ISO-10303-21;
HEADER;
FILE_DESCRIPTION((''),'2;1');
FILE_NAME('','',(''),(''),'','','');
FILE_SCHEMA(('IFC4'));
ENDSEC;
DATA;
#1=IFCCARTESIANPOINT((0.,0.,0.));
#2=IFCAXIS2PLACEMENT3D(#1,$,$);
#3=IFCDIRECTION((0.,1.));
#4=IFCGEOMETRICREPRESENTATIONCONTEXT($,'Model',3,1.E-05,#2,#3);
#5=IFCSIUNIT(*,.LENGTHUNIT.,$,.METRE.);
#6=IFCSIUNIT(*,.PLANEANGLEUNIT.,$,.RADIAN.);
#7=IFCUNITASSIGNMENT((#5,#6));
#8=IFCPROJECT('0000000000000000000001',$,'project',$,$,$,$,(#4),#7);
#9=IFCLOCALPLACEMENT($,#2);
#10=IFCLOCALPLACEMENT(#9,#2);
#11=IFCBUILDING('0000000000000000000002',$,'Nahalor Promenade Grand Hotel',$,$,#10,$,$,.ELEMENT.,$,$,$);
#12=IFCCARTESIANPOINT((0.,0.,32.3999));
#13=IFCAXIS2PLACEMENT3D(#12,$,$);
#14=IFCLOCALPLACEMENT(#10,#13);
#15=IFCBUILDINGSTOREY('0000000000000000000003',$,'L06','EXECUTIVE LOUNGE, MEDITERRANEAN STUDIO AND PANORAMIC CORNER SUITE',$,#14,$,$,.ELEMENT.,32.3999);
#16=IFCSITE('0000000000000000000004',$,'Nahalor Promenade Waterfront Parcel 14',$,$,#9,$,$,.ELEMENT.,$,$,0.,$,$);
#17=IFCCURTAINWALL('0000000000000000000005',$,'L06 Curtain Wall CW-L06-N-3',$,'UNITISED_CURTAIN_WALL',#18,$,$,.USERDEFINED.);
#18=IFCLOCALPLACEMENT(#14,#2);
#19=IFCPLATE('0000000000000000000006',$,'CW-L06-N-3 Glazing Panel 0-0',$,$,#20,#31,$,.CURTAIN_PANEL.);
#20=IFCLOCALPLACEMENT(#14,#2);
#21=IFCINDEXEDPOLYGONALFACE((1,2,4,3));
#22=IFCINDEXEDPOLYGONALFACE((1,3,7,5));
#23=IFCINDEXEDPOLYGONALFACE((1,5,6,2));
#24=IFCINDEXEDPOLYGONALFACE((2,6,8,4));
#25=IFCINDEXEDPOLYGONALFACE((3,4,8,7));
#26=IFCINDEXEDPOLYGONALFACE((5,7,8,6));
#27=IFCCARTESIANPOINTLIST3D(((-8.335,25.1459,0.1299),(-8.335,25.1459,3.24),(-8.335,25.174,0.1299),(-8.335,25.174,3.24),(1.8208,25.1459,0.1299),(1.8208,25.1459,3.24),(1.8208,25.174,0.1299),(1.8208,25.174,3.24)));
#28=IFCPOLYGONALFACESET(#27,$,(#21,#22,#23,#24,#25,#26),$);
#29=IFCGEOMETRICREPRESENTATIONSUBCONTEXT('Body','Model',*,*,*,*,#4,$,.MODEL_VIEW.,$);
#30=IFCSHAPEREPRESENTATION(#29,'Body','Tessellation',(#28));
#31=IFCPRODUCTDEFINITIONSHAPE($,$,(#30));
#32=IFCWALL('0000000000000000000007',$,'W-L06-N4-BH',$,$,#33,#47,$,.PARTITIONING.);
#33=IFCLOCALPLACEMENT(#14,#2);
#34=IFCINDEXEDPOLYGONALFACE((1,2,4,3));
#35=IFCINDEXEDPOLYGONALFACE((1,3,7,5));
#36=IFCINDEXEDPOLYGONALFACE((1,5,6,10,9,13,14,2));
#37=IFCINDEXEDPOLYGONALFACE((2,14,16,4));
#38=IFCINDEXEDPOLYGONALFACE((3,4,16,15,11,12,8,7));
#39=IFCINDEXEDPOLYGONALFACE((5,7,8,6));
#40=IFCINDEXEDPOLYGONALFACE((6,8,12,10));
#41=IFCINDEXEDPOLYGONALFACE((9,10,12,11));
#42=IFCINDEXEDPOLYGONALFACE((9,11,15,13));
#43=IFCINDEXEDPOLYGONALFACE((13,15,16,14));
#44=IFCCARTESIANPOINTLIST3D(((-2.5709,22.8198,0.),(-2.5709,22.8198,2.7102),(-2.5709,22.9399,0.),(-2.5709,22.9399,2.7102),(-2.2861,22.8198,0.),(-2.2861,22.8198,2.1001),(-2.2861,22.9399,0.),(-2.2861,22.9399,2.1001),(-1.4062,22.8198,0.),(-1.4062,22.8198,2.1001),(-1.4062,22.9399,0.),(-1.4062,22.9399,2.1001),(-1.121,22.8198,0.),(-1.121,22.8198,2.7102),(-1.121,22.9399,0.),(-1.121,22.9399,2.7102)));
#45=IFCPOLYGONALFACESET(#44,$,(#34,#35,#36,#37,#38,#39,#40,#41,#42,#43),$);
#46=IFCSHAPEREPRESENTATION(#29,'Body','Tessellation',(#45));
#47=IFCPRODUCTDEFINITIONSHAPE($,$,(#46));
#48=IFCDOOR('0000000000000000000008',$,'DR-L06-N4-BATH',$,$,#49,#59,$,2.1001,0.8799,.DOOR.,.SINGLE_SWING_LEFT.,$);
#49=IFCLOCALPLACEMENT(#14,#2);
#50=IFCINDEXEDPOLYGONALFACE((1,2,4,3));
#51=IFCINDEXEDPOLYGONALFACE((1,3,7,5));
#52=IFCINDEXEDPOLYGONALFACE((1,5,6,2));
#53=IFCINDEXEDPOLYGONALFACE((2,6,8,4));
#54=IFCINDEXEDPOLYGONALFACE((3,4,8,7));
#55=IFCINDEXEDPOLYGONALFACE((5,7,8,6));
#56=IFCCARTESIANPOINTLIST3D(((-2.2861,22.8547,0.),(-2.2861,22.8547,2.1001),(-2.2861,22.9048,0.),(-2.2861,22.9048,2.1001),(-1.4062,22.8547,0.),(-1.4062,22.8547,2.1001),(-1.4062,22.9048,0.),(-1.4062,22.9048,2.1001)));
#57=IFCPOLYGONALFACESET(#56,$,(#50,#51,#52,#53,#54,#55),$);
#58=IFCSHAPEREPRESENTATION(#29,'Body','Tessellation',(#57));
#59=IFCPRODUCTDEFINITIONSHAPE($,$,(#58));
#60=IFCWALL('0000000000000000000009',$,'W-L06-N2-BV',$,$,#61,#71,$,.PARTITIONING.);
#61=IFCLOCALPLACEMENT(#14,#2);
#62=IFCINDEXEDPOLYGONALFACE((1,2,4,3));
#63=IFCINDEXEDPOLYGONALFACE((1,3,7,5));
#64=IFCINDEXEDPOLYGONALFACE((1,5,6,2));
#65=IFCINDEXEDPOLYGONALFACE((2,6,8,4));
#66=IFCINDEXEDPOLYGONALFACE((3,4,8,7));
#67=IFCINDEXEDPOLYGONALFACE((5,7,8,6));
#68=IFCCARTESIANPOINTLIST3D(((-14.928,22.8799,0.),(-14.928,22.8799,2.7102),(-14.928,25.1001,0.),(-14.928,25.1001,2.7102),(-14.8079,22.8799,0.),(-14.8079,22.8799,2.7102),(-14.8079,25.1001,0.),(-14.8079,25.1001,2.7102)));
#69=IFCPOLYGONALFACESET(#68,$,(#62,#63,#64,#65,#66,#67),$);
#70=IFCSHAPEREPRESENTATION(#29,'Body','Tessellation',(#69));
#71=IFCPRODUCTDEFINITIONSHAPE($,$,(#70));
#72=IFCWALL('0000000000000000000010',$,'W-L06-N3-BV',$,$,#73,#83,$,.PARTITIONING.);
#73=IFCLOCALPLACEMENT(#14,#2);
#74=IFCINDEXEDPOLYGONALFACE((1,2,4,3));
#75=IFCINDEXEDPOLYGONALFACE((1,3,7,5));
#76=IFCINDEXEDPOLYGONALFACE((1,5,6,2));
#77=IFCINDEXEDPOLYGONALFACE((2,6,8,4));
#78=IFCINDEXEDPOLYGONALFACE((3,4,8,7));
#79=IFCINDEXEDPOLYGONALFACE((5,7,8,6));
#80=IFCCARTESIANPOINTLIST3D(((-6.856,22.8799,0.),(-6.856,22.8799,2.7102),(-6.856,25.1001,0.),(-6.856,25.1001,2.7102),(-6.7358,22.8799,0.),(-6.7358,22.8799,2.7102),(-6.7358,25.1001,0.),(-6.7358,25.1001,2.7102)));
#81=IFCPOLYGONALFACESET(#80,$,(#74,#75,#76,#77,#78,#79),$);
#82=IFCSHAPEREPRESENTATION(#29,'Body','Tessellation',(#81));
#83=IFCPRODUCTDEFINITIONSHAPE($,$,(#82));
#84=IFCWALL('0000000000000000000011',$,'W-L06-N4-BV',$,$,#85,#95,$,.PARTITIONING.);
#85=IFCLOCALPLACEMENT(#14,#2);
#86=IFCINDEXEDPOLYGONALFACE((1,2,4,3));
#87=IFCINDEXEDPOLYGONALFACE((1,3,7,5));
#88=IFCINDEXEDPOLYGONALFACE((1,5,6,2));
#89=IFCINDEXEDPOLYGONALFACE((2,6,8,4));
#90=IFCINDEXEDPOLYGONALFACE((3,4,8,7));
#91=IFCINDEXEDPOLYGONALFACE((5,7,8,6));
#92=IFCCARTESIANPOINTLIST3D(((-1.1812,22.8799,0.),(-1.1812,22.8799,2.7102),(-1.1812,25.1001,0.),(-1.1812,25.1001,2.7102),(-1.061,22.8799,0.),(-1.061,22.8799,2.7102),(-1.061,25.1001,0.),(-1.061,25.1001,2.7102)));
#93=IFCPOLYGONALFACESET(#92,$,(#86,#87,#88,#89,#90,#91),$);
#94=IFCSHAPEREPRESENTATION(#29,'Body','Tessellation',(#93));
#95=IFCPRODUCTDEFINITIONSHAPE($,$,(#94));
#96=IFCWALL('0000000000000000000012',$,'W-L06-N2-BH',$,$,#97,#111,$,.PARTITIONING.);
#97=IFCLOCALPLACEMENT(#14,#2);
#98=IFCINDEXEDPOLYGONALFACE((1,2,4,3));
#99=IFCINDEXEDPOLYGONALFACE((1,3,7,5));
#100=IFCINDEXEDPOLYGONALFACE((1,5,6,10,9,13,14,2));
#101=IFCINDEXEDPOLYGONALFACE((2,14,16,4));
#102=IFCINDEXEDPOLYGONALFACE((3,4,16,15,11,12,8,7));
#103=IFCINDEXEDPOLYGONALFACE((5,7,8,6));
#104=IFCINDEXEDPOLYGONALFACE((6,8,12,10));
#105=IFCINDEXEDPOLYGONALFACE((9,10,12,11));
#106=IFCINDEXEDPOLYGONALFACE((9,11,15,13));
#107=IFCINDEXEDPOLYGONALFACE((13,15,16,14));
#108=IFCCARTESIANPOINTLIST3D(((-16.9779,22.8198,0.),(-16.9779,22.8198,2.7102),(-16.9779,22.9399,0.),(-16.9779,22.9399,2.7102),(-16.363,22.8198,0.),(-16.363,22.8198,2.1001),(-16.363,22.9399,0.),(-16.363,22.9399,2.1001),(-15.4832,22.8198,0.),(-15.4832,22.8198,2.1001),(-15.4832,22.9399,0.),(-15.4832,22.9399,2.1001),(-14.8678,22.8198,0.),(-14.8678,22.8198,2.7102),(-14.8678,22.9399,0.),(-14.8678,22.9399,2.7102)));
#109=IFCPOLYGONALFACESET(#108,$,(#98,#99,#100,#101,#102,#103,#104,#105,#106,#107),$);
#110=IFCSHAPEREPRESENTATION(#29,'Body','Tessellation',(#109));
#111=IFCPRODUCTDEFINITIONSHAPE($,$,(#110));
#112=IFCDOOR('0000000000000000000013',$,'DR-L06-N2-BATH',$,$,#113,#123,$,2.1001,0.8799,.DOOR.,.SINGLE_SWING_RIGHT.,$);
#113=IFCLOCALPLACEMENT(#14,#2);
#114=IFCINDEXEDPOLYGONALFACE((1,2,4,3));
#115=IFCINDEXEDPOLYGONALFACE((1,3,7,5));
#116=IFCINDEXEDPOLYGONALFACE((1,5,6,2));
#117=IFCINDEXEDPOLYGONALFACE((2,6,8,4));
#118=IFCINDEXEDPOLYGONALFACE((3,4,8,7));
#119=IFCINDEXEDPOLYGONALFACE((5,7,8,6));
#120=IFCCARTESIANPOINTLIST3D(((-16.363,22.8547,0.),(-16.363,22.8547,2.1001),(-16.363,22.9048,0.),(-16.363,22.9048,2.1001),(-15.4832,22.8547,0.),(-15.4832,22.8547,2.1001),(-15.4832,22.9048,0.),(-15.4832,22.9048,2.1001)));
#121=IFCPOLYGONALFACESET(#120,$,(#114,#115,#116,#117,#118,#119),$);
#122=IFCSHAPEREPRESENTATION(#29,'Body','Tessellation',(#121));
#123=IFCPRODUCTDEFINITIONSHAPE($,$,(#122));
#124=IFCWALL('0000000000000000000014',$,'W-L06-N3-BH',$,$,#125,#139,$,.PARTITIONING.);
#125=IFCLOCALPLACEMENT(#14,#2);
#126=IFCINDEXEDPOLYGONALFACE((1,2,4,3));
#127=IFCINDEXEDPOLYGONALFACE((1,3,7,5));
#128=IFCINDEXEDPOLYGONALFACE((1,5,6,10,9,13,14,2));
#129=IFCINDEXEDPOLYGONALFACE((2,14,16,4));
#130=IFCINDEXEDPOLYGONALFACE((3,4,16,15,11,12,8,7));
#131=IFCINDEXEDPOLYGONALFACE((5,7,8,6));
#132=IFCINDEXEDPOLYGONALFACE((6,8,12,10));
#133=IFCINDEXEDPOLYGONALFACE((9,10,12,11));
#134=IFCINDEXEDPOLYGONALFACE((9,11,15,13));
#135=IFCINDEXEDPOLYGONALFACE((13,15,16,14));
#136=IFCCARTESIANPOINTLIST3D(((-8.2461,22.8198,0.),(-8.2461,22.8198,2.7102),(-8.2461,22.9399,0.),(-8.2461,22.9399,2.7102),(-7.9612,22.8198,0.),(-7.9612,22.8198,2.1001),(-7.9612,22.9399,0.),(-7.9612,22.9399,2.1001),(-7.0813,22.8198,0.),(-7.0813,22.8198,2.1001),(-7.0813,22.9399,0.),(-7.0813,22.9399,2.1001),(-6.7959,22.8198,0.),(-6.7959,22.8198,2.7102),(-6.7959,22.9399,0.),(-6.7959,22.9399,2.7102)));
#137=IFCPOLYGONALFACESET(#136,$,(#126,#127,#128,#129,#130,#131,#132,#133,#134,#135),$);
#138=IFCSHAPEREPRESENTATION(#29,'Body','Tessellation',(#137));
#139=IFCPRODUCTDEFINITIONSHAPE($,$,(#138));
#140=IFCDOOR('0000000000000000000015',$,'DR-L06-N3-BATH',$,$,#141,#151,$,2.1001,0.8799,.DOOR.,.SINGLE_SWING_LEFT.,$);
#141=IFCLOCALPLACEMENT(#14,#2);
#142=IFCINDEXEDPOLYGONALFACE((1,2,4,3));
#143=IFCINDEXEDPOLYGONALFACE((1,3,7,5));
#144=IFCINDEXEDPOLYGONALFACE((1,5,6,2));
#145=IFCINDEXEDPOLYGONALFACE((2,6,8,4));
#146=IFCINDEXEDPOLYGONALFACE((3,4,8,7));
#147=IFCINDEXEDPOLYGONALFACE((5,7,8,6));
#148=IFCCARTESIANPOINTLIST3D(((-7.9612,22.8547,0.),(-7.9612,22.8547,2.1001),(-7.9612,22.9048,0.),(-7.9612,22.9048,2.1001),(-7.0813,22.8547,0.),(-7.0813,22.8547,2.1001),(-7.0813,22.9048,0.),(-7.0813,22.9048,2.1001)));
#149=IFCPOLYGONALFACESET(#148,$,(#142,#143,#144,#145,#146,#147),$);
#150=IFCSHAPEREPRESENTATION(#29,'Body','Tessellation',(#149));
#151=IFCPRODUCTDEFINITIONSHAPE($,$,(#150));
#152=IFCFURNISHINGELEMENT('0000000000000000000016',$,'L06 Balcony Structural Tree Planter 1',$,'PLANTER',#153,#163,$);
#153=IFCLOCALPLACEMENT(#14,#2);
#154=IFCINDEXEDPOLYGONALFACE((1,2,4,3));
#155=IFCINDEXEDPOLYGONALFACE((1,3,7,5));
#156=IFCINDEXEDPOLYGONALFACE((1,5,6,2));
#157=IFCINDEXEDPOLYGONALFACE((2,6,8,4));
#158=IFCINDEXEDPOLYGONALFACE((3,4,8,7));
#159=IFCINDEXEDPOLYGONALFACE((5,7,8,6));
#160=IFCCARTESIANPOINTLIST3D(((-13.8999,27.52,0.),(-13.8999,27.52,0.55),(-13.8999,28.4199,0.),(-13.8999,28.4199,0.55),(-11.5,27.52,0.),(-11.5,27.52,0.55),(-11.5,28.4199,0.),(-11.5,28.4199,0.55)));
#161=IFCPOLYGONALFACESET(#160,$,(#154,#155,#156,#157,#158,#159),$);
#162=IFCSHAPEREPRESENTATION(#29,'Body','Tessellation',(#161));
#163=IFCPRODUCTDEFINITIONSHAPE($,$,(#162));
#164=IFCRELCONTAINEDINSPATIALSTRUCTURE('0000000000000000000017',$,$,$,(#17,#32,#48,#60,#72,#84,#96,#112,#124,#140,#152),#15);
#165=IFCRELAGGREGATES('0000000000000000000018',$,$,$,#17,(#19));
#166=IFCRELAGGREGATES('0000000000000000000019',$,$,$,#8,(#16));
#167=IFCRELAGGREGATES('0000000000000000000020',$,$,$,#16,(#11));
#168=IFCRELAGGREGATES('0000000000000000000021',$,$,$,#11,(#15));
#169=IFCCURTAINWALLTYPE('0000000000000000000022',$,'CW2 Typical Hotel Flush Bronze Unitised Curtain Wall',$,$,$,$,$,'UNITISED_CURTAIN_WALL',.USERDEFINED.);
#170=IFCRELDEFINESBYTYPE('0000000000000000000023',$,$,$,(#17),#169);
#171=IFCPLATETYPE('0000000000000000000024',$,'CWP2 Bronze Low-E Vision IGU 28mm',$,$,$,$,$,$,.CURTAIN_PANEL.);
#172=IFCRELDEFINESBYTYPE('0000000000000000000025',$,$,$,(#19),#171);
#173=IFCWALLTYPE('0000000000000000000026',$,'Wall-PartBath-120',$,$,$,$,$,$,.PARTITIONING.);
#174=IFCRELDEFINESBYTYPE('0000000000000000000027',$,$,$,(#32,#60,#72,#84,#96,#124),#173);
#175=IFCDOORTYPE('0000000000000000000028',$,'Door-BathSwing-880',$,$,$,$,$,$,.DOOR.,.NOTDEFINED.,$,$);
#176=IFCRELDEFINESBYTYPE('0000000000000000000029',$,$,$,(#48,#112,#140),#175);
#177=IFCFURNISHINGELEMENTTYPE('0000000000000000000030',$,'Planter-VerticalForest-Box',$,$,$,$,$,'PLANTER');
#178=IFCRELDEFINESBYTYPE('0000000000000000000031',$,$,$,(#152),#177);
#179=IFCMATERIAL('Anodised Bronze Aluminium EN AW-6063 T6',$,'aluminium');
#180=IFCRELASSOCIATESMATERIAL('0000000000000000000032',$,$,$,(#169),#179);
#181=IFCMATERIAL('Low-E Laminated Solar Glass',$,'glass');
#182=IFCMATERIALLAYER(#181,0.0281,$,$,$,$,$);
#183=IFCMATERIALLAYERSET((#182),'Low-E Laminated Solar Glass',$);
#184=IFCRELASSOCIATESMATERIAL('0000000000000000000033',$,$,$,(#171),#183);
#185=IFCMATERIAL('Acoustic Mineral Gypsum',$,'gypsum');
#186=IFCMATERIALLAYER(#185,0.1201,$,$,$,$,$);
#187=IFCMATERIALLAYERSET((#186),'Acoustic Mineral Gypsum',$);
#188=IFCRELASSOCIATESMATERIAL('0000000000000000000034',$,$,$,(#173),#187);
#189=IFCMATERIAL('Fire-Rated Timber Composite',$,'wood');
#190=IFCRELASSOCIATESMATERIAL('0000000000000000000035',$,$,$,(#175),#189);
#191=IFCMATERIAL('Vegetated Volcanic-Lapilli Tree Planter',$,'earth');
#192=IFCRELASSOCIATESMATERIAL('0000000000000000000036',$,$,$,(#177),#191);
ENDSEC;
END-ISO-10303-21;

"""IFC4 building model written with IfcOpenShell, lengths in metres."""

from ifc_helpers import new_model, si_unit, direction, frame, frame_2d, origin, origin_2d, place, context, subcontext, project, spatial, rectangle, extrude, source, transform, mapped, material, layer, layer_set, type_object, element, fill, aggregate, save


model = new_model("IFC4")

# Units and contexts
model_context = context("Model", 3, precision=1e-05, world=origin(), true_north=direction((0.0, 1.0)))
body_context = subcontext(model_context, "Body", "Model", "MODEL_VIEW")
ifc_project = project(units=[si_unit("LENGTHUNIT", "METRE"), si_unit("PLANEANGLEUNIT", "RADIAN")], contexts=[model_context])

# Site, building, storey
site_placement = place(None, origin())
site = spatial("IfcSite", under=ifc_project, at=site_placement, Name="Nahalor Promenade Waterfront Parcel 14", CompositionType="ELEMENT", RefElevation=0.0)
building_placement = place(site_placement, origin())
building = spatial("IfcBuilding", under=site, at=building_placement, Name="Nahalor Promenade Grand Hotel", CompositionType="ELEMENT")
storey_placement = place(building_placement, frame((0.0, 0.0, 32.3999)))
storey = spatial("IfcBuildingStorey", under=building, at=storey_placement, Name="L06", Description="EXECUTIVE LOUNGE, MEDITERRANEAN STUDIO AND PANORAMIC CORNER SUITE", CompositionType="ELEMENT", Elevation=32.3999)

# Curtain wall, plate
ifc_material_1 = material(Name="Anodised Bronze Aluminium EN AW-6063 T6", Category="aluminium")
curtain_wall_type = type_object("IfcCurtainWallType", Name="CW2 Typical Hotel Flush Bronze Unitised Curtain Wall", ElementType="UNITISED_CURTAIN_WALL", PredefinedType="USERDEFINED", material=ifc_material_1)
curtain_wall_placement = place(storey_placement, origin())
curtain_wall = element("IfcCurtainWall", 1, at=curtain_wall_placement, inside=storey, type_object=curtain_wall_type, Name="L06 Curtain Wall CW-L06-N-3", ObjectType="UNITISED_CURTAIN_WALL", PredefinedType="USERDEFINED")
ifc_material_2 = material(Name="Low-E Laminated Solar Glass", Category="glass")
ifc_layer_1 = layer(ifc_material_2, 0.0281)
ifc_layer_set_1 = layer_set([ifc_layer_1], Name="Low-E Laminated Solar Glass")
plate_type = type_object("IfcPlateType", Name="CWP2 Bronze Low-E Vision IGU 28mm", PredefinedType="CURTAIN_PANEL", material=ifc_layer_set_1)
shared_shape_1 = source(origin(), body_context, "Body", "SweptSolid", [
    extrude(rectangle(XDim=10.1558, YDim=0.0281, at=origin_2d()), origin(), (0.0, 0.0, 1.0), 3.1101),
])
plate_placement = place(storey_placement, frame((-3.2571, 25.1599, 0.1299), z_axis=(0.0, 0.0, 1.0), x_axis=(1.0, 0.0, 0.0)))
plate = element("IfcPlate", 2, at=plate_placement, type_object=plate_type, Name="CW-L06-N-3 Glazing Panel 0-0", PredefinedType="CURTAIN_PANEL", context=body_context, shape_type="MappedRepresentation", body=[
    mapped(shared_shape_1, transform((0.0, 0.0, 0.0), scale=1.0)),
])
aggregate(curtain_wall, [plate])

# Wall, opening, door
ifc_material_3 = material(Name="Acoustic Mineral Gypsum", Category="gypsum")
ifc_layer_2 = layer(ifc_material_3, 0.1201)
ifc_layer_set_2 = layer_set([ifc_layer_2], Name="Acoustic Mineral Gypsum")
wall_type = type_object("IfcWallType", Name="Wall-PartBath-120", PredefinedType="PARTITIONING", material=ifc_layer_set_2)
shared_shape_2 = source(origin(), body_context, "Body", "SweptSolid", [
    extrude(rectangle(XDim=1.45, YDim=0.1201, at=frame_2d((0.7251, 0.0))), origin(), (0.0, 0.0, 1.0), 2.7102),
])
wall_1_placement = place(storey_placement, frame((-2.571, 22.8799, 0.0), z_axis=(0.0, 0.0, 1.0), x_axis=(1.0, 0.0, 0.0)))
wall_1 = element("IfcWall", 3, at=wall_1_placement, inside=storey, type_object=wall_type, Name="W-L06-N4-BH", PredefinedType="PARTITIONING", context=body_context, shape_type="MappedRepresentation", body=[
    mapped(shared_shape_2, transform((0.0, 0.0, 0.0), scale=1.0)),
])
opening_1_placement = place(wall_1_placement, frame((0.2849, 0.0, 0.0)))
opening_1 = element("IfcOpeningElement", 4, at=opening_1_placement, cuts=wall_1, PredefinedType="OPENING", context=body_context, shape_type="SweptSolid", body=[
    extrude(rectangle(XDim=0.8799, YDim=2.1001, at=frame_2d((0.4399, 1.05))), frame((0.0, 0.0701, 0.0), z_axis=(0.0, -1.0, 0.0), x_axis=(1.0, 0.0, 0.0)), (0.0, 0.0, 1.0), 0.1401),
])
ifc_material_4 = material(Name="Fire-Rated Timber Composite", Category="wood")
door_type = type_object("IfcDoorType", Name="Door-BathSwing-880", OperationType="NOTDEFINED", PredefinedType="DOOR", material=ifc_material_4)
shared_shape_3 = source(origin(), body_context, "Body", "SweptSolid", [
    extrude(rectangle(XDim=0.8799, YDim=2.1001, at=frame_2d((0.4399, 1.05))), frame((0.0, 0.0249, 0.0), z_axis=(0.0, -1.0, 0.0), x_axis=(1.0, 0.0, 0.0)), (0.0, 0.0, 1.0), 0.05),
])
door_1_placement = place(opening_1_placement, origin())
door_1 = element("IfcDoor", 5, at=door_1_placement, inside=storey, type_object=door_type, Name="DR-L06-N4-BATH", OperationType="SINGLE_SWING_LEFT", OverallHeight=2.1001, OverallWidth=0.8799, PredefinedType="DOOR", context=body_context, shape_type="MappedRepresentation", body=[
    mapped(shared_shape_3, transform((0.0, 0.0, 0.0), scale=1.0)),
])
fill(opening_1, door_1)

# Walls
shared_shape_4 = source(origin(), body_context, "Body", "SweptSolid", [
    extrude(rectangle(XDim=2.2202, YDim=0.1201, at=frame_2d((1.1101, 0.0))), origin(), (0.0, 0.0, 1.0), 2.7102),
])
for number, where, z_axis, x_axis, name in (
    (6, (-14.8679, 22.8799, 0.0), (0.0, 0.0, 1.0), (0.0, 1.0, 0.0), "W-L06-N2-BV"),
    (7, (-6.7959, 22.8799, 0.0), (0.0, 0.0, 1.0), (0.0, 1.0, 0.0), "W-L06-N3-BV"),
    (8, (-1.1211, 22.8799, 0.0), (0.0, 0.0, 1.0), (0.0, 1.0, 0.0), "W-L06-N4-BV"),
):
    element("IfcWall", number, at=place(storey_placement, frame(where, z_axis=z_axis, x_axis=x_axis)), inside=storey, type_object=wall_type, Name=name, PredefinedType="PARTITIONING", context=body_context, shape_type="MappedRepresentation", body=[
        mapped(shared_shape_4, transform((0.0, 0.0, 0.0), scale=1.0)),
    ])

# Walls, openings, doors
shared_shape_5 = source(origin(), body_context, "Body", "SweptSolid", [
    extrude(rectangle(XDim=2.1101, YDim=0.1201, at=frame_2d((1.0552, 0.0))), origin(), (0.0, 0.0, 1.0), 2.7102),
])
wall_2_placement = place(storey_placement, frame((-16.978, 22.8799, 0.0), z_axis=(0.0, 0.0, 1.0), x_axis=(1.0, 0.0, 0.0)))
wall_2 = element("IfcWall", 9, at=wall_2_placement, inside=storey, type_object=wall_type, Name="W-L06-N2-BH", PredefinedType="PARTITIONING", context=body_context, shape_type="MappedRepresentation", body=[
    mapped(shared_shape_5, transform((0.0, 0.0, 0.0), scale=1.0)),
])
opening_2_placement = place(wall_2_placement, frame((0.615, 0.0, 0.0)))
opening_2 = element("IfcOpeningElement", 10, at=opening_2_placement, cuts=wall_2, PredefinedType="OPENING", context=body_context, shape_type="SweptSolid", body=[
    extrude(rectangle(XDim=0.8799, YDim=2.1001, at=frame_2d((0.4399, 1.05))), frame((0.0, 0.0701, 0.0), z_axis=(0.0, -1.0, 0.0), x_axis=(1.0, 0.0, 0.0)), (0.0, 0.0, 1.0), 0.1401),
])
door_2_placement = place(opening_2_placement, origin())
door_2 = element("IfcDoor", 11, at=door_2_placement, inside=storey, type_object=door_type, Name="DR-L06-N2-BATH", OperationType="SINGLE_SWING_RIGHT", OverallHeight=2.1001, OverallWidth=0.8799, PredefinedType="DOOR", context=body_context, shape_type="MappedRepresentation", body=[
    mapped(shared_shape_3, transform((0.0, 0.0, 0.0), scale=1.0)),
])
fill(opening_2, door_2)
shared_shape_6 = source(origin(), body_context, "Body", "SweptSolid", [
    extrude(rectangle(XDim=1.4502, YDim=0.1201, at=frame_2d((0.7251, 0.0))), origin(), (0.0, 0.0, 1.0), 2.7102),
])
wall_3_placement = place(storey_placement, frame((-8.2461, 22.8799, 0.0), z_axis=(0.0, 0.0, 1.0), x_axis=(1.0, 0.0, 0.0)))
wall_3 = element("IfcWall", 12, at=wall_3_placement, inside=storey, type_object=wall_type, Name="W-L06-N3-BH", PredefinedType="PARTITIONING", context=body_context, shape_type="MappedRepresentation", body=[
    mapped(shared_shape_6, transform((0.0, 0.0, 0.0), scale=1.0)),
])
opening_3_placement = place(wall_3_placement, frame((0.2849, 0.0, 0.0)))
opening_3 = element("IfcOpeningElement", 13, at=opening_3_placement, cuts=wall_3, PredefinedType="OPENING", context=body_context, shape_type="SweptSolid", body=[
    extrude(rectangle(XDim=0.8799, YDim=2.1001, at=frame_2d((0.4399, 1.05))), frame((0.0, 0.0701, 0.0), z_axis=(0.0, -1.0, 0.0), x_axis=(1.0, 0.0, 0.0)), (0.0, 0.0, 1.0), 0.1401),
])
door_3_placement = place(opening_3_placement, origin())
door_3 = element("IfcDoor", 14, at=door_3_placement, inside=storey, type_object=door_type, Name="DR-L06-N3-BATH", OperationType="SINGLE_SWING_LEFT", OverallHeight=2.1001, OverallWidth=0.8799, PredefinedType="DOOR", context=body_context, shape_type="MappedRepresentation", body=[
    mapped(shared_shape_3, transform((0.0, 0.0, 0.0), scale=1.0)),
])
fill(opening_3, door_3)

# Furnishing element
ifc_material_5 = material(Name="Vegetated Volcanic-Lapilli Tree Planter", Category="earth")
furnishing_element_type = type_object("IfcFurnishingElementType", Name="Planter-VerticalForest-Box", ElementType="PLANTER", material=ifc_material_5)
shared_shape_7 = source(origin(), body_context, "Body", "SweptSolid", [
    extrude(rectangle(XDim=2.3999, YDim=0.8999, at=origin_2d()), origin(), (0.0, 0.0, 1.0), 0.55),
])
furnishing_placement = place(storey_placement, frame((-12.7, 27.97, 0.0), z_axis=(0.0, 0.0, 1.0), x_axis=(1.0, 0.0, 0.0)))
element("IfcFurnishingElement", 15, at=furnishing_placement, inside=storey, type_object=furnishing_element_type, Name="L06 Balcony Structural Tree Planter 1", ObjectType="PLANTER", context=body_context, shape_type="MappedRepresentation", body=[
    mapped(shared_shape_7, transform((0.0, 0.0, 0.0), scale=1.0)),
])

save(model, "model.ifc")
